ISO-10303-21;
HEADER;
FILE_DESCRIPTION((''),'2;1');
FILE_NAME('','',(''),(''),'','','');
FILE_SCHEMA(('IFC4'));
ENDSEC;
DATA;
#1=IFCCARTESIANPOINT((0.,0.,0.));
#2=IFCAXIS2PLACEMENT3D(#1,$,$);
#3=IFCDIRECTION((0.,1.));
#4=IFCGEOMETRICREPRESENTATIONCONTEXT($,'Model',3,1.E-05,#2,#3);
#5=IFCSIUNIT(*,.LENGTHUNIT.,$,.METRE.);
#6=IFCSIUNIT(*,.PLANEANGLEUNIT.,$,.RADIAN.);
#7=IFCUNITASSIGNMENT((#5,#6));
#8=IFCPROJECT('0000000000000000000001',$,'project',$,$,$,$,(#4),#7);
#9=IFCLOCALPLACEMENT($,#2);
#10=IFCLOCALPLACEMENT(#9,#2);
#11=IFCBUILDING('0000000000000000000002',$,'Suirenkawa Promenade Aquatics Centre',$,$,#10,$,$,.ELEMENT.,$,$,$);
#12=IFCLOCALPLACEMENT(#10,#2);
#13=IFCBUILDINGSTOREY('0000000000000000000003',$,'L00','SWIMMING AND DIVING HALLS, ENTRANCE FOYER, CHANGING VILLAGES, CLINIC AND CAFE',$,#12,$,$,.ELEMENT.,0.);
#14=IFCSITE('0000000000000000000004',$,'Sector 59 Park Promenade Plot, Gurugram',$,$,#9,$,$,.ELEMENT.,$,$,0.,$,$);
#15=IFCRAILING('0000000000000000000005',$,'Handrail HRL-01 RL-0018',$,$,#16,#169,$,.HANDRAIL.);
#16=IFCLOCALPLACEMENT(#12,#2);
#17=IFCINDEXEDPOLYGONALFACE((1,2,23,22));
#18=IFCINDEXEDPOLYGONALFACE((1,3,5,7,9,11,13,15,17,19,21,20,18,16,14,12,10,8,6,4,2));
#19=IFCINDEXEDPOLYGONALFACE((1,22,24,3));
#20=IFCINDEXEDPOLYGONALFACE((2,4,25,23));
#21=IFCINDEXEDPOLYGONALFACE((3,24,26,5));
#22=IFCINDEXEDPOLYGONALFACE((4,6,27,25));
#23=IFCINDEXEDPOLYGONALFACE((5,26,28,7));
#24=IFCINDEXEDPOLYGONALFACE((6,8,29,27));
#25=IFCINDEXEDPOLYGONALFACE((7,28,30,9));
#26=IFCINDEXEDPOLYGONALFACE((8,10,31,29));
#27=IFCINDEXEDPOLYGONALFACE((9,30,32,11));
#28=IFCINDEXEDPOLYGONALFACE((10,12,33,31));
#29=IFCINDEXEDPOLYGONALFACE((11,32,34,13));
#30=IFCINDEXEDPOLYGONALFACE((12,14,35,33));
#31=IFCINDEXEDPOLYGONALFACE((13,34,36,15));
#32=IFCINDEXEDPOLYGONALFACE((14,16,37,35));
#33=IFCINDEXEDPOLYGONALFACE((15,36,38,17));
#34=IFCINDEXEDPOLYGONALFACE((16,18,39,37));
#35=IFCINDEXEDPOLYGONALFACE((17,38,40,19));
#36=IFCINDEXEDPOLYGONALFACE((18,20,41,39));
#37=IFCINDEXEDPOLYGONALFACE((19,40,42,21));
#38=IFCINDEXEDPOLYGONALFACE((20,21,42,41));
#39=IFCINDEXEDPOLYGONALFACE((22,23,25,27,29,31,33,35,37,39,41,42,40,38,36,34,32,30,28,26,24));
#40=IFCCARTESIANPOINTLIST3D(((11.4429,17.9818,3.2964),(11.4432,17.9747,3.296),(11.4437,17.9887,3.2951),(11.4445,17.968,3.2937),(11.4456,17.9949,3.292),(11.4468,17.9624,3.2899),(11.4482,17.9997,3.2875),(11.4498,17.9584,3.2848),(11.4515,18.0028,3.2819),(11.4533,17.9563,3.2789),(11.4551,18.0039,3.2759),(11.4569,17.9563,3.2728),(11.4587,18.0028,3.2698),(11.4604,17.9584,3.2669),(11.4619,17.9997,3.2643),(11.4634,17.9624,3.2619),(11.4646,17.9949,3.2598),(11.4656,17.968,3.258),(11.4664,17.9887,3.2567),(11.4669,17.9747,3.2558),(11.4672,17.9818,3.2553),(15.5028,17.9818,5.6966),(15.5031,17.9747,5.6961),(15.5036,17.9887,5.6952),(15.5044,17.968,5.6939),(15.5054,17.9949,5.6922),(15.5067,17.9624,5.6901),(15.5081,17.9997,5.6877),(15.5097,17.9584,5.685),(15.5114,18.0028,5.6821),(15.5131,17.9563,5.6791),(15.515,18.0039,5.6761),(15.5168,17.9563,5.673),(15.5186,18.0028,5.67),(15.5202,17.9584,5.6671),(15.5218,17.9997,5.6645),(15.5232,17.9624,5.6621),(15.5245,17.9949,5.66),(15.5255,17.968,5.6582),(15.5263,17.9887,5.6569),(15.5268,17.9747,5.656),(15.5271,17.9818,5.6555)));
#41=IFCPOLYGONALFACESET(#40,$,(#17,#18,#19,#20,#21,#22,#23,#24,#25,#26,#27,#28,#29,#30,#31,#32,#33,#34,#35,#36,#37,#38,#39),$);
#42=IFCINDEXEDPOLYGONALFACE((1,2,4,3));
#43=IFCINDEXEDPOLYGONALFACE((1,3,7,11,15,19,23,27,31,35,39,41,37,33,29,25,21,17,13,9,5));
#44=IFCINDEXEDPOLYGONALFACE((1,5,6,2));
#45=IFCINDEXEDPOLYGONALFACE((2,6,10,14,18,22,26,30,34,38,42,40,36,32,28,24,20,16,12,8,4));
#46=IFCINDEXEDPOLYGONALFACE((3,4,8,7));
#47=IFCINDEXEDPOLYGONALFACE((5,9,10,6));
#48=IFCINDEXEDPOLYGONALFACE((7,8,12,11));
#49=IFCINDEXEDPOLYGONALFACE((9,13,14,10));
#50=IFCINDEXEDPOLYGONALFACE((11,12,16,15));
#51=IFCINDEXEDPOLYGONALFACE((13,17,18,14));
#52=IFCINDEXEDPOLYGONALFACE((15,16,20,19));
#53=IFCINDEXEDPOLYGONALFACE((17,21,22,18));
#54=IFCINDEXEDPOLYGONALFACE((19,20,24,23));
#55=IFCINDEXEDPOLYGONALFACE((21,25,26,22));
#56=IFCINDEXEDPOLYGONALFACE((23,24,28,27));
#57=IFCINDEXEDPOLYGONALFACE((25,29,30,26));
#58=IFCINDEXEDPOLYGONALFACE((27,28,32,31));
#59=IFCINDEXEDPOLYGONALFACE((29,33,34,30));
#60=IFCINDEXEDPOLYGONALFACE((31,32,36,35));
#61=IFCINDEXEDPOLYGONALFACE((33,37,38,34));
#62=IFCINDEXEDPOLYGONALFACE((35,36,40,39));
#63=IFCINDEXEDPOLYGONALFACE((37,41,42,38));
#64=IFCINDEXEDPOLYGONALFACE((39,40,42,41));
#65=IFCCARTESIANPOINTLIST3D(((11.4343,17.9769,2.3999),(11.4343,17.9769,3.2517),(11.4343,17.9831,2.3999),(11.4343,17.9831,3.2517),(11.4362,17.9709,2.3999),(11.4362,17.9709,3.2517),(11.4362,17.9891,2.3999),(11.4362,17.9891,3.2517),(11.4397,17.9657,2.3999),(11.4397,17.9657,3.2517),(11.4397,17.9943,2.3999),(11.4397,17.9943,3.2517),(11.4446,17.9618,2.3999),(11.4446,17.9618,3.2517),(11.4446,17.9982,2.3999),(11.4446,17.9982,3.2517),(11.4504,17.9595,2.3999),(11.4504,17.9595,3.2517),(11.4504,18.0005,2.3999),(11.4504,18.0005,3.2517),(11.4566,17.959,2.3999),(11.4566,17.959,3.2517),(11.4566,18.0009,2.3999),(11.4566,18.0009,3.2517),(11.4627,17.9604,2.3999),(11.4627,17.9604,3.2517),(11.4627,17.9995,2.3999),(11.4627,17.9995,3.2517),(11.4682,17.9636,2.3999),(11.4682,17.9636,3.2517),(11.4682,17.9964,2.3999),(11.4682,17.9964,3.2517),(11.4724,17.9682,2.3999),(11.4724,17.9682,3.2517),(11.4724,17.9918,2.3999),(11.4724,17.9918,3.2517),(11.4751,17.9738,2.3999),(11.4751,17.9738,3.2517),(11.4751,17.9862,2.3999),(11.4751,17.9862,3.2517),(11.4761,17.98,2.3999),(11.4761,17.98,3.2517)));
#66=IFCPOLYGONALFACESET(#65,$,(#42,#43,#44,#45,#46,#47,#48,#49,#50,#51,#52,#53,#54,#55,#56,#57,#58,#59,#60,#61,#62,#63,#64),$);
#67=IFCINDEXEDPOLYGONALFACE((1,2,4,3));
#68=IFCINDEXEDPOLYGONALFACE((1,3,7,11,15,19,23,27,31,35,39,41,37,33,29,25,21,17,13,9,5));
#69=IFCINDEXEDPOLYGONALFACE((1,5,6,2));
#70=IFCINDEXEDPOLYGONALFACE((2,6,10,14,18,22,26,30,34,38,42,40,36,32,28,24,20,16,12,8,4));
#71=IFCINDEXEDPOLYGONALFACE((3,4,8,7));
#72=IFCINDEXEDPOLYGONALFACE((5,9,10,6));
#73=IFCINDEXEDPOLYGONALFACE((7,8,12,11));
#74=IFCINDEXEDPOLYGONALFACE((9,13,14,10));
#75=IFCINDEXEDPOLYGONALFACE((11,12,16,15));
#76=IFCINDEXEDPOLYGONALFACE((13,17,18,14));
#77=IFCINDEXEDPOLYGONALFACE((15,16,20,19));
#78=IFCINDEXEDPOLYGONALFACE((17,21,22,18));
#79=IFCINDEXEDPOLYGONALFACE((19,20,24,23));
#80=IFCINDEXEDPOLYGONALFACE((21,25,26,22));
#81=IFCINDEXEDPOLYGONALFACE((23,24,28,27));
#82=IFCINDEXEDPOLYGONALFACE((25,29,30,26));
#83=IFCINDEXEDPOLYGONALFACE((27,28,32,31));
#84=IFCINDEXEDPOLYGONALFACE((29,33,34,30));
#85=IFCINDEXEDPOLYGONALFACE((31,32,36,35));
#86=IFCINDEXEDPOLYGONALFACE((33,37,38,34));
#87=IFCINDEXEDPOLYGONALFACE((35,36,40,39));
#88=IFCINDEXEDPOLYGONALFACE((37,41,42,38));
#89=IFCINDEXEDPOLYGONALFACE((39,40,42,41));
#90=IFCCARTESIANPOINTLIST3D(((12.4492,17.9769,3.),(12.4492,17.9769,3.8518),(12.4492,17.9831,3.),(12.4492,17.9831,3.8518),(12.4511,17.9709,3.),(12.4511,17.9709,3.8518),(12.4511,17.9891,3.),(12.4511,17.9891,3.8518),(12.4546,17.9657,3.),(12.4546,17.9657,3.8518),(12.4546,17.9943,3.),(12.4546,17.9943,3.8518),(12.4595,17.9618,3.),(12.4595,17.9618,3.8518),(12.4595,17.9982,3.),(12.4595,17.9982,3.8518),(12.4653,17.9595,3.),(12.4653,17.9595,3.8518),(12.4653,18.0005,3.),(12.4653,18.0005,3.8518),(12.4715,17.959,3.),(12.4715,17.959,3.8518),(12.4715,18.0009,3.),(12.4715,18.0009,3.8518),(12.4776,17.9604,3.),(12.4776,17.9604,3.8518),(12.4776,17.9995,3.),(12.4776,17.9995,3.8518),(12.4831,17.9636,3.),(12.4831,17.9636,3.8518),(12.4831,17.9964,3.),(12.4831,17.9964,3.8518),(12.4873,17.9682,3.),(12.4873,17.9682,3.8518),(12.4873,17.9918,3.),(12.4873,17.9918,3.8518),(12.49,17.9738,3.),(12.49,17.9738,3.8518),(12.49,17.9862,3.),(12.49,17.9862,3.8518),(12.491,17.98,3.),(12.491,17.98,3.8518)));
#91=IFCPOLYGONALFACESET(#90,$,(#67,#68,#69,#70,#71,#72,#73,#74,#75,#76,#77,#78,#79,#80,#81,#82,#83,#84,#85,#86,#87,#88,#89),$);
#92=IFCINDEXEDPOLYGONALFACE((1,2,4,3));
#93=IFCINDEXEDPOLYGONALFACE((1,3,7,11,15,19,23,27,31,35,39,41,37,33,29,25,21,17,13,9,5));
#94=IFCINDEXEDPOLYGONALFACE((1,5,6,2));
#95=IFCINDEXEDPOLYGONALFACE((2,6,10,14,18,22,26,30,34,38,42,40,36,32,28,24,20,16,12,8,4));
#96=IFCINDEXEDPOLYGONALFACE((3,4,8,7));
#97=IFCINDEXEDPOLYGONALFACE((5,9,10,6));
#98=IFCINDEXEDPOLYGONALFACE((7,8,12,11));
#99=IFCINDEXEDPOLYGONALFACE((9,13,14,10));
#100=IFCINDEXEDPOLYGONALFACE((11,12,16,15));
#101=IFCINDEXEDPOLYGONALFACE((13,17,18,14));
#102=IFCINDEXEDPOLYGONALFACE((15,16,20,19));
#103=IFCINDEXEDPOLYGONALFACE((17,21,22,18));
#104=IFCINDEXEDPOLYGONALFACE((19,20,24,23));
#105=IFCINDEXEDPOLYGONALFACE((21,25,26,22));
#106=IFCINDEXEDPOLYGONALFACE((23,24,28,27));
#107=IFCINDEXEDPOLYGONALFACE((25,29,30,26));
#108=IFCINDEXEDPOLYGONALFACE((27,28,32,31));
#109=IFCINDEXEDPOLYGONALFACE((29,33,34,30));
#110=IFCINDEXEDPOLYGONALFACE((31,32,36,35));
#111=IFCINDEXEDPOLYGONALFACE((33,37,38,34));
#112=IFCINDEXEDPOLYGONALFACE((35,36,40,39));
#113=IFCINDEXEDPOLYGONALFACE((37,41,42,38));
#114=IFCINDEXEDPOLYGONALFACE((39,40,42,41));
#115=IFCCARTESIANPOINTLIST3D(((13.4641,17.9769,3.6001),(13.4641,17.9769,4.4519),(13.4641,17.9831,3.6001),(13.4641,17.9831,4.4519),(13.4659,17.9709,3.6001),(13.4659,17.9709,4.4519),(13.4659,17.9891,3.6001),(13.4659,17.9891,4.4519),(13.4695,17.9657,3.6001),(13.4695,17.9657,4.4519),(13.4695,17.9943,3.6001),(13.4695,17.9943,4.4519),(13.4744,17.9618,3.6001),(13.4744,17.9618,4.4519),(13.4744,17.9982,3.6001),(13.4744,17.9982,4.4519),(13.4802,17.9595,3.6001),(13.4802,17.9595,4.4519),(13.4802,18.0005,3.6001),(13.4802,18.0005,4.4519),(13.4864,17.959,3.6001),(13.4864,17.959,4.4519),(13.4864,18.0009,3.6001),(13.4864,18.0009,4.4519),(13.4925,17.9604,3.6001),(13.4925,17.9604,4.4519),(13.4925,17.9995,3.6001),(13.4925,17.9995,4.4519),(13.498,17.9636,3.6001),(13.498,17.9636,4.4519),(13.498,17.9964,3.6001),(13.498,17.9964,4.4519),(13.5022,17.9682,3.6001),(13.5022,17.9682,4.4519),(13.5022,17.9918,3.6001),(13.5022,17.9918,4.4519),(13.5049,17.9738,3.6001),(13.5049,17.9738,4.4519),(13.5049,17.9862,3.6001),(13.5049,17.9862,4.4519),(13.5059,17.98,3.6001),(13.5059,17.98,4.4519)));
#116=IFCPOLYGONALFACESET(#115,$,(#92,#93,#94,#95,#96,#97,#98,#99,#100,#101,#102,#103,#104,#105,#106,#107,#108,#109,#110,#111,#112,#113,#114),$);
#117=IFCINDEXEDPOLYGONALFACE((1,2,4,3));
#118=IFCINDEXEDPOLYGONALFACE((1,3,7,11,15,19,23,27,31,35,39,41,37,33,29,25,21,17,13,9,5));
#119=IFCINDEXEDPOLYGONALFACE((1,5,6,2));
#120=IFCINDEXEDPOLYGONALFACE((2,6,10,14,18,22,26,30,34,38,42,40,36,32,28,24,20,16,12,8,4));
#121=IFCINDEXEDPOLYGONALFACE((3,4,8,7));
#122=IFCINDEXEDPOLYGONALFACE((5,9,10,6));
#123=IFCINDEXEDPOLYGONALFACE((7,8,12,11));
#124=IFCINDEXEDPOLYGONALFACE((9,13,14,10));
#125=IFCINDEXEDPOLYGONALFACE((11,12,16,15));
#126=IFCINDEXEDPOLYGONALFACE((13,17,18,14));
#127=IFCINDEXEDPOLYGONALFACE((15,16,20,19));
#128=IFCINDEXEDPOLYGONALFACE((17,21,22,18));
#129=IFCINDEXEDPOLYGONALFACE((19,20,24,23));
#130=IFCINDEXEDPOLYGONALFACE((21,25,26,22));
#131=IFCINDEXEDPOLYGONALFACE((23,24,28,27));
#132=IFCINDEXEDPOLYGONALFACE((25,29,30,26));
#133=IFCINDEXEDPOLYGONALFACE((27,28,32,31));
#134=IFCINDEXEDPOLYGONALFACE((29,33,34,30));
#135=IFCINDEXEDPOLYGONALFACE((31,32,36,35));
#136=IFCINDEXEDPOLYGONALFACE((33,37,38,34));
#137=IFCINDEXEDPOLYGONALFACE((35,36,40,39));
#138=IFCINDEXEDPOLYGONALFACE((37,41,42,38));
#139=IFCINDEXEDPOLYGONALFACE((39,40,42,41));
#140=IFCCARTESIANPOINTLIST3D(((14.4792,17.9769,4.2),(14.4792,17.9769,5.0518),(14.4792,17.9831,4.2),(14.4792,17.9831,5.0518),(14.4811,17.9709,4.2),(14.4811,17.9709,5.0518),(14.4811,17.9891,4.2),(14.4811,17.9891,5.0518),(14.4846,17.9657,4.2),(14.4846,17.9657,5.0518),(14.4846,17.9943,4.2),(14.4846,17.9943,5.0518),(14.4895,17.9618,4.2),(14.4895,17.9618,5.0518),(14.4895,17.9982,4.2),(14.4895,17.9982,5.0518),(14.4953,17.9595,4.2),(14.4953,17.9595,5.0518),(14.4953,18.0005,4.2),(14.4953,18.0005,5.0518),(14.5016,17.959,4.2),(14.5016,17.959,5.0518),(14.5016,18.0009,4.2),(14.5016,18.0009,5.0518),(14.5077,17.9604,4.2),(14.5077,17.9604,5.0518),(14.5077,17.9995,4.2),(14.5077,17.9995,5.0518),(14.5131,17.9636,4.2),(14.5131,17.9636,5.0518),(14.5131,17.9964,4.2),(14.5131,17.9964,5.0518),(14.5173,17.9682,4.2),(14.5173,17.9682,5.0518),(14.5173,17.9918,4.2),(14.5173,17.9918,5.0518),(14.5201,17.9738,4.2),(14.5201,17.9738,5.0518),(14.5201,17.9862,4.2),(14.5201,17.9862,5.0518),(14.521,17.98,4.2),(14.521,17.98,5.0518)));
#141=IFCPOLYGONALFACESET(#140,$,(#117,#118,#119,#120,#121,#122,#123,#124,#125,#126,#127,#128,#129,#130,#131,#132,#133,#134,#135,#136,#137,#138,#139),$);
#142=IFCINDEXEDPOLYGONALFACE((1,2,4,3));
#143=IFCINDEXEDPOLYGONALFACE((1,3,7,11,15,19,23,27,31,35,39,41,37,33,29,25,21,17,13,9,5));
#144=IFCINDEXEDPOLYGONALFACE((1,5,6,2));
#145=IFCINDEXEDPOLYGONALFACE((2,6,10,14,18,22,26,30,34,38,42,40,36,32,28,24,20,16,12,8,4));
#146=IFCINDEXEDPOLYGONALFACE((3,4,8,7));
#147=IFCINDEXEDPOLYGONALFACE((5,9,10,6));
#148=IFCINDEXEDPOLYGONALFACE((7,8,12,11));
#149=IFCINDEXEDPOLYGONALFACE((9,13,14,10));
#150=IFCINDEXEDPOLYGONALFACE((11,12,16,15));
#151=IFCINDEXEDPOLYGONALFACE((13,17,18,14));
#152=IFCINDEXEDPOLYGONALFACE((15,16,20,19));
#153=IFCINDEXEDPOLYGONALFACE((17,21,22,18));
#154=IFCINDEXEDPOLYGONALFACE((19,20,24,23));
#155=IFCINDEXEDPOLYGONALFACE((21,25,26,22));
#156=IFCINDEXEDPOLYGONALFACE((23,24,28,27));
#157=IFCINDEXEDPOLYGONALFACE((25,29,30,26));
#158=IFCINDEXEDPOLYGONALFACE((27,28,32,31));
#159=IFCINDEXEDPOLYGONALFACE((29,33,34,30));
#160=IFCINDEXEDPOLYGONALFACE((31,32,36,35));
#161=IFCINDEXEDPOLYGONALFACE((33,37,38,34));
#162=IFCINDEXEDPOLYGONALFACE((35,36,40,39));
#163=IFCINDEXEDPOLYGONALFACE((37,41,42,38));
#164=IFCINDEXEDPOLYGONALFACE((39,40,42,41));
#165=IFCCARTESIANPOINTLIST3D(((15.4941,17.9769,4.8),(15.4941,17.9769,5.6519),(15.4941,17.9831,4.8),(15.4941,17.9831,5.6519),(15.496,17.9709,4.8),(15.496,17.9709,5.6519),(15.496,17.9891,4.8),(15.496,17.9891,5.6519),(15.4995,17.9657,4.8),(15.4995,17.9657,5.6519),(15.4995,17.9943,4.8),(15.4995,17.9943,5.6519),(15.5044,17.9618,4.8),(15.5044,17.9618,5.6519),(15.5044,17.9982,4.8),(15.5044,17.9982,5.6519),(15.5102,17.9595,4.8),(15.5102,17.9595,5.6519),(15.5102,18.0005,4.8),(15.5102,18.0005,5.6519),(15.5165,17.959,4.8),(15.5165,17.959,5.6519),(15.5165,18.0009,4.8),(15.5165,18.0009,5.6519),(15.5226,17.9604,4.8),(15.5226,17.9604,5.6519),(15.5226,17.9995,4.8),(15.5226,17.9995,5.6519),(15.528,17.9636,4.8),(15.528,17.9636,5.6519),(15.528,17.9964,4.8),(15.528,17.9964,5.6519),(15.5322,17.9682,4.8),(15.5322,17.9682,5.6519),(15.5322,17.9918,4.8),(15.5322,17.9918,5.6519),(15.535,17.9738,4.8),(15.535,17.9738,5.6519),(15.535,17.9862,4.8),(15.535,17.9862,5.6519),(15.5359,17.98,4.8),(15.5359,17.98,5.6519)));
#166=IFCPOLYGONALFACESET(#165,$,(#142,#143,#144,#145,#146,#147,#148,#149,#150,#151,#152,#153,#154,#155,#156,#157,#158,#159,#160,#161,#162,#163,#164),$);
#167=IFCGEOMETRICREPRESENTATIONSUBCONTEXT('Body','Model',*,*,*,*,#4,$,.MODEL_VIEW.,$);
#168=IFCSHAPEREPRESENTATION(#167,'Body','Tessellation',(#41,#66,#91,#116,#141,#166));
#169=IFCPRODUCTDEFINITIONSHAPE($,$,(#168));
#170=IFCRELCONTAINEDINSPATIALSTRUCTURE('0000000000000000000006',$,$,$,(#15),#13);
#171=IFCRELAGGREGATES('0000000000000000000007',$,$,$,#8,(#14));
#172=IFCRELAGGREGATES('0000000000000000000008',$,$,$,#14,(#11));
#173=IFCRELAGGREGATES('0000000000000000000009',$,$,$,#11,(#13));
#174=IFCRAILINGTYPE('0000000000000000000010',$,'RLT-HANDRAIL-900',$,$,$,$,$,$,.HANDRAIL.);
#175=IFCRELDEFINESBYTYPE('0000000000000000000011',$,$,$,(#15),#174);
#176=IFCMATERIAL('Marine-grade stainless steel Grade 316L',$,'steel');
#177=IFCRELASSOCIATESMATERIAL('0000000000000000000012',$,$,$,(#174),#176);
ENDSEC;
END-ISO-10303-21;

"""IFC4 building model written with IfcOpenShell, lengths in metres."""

from ifc_helpers import new_model, si_unit, direction, frame, origin, origin_2d, place, context, subcontext, project, spatial, circle, extrude, material, type_object, element, save


model = new_model("IFC4")

# Units and contexts
model_context = context("Model", 3, precision=1e-05, world=origin(), true_north=direction((0.0, 1.0)))
body_context = subcontext(model_context, "Body", "Model", "MODEL_VIEW")
ifc_project = project(units=[si_unit("LENGTHUNIT", "METRE"), si_unit("PLANEANGLEUNIT", "RADIAN")], contexts=[model_context])

# Site, building, storey
site_placement = place(None, origin())
site = spatial("IfcSite", under=ifc_project, at=site_placement, Name="Sector 59 Park Promenade Plot, Gurugram", CompositionType="ELEMENT", RefElevation=0.0)
building_placement = place(site_placement, origin())
building = spatial("IfcBuilding", under=site, at=building_placement, Name="Suirenkawa Promenade Aquatics Centre", CompositionType="ELEMENT")
storey_placement = place(building_placement, origin())
storey = spatial("IfcBuildingStorey", under=building, at=storey_placement, Name="L00", Description="SWIMMING AND DIVING HALLS, ENTRANCE FOYER, CHANGING VILLAGES, CLINIC AND CAFE", CompositionType="ELEMENT", Elevation=0.0)

# Railing
ifc_material_1 = material(Name="Marine-grade stainless steel Grade 316L", Category="steel")
railing_type_1 = type_object("IfcRailingType", Name="RLT-HANDRAIL-900", PredefinedType="HANDRAIL", material=ifc_material_1)
for number, where, name in (
    (1, (11.4551, 17.98, 2.3999), "Handrail HRL-01 RL-0018"),
):
    element("IfcRailing", number, at=place(storey_placement, frame(where)), inside=storey, type_object=railing_type_1, Name=name, PredefinedType="HANDRAIL", context=body_context, shape_type="SweptSolid", body=[
        extrude(circle(Radius=0.0239, at=origin_2d()), frame((0.0, 0.0, 0.876), z_axis=(0.860818, 0.0, 0.508912), x_axis=(0.0, 1.0, 0.0)), (0.0, 0.0, 1.0), 4.7163),
        extrude(circle(Radius=0.021, at=origin_2d()), origin(), (0.0, 0.0, 1.0), 0.8518),
        extrude(circle(Radius=0.021, at=origin_2d()), frame((1.0149, 0.0, 0.6001)), (0.0, 0.0, 1.0), 0.8518),
        extrude(circle(Radius=0.021, at=origin_2d()), frame((2.0298, 0.0, 1.2002)), (0.0, 0.0, 1.0), 0.8518),
        extrude(circle(Radius=0.021, at=origin_2d()), frame((3.0449, 0.0, 1.8)), (0.0, 0.0, 1.0), 0.8518),
        extrude(circle(Radius=0.021, at=origin_2d()), frame((4.0598, 0.0, 2.4001)), (0.0, 0.0, 1.0), 0.8518),
    ])

save(model, "model.ifc")
